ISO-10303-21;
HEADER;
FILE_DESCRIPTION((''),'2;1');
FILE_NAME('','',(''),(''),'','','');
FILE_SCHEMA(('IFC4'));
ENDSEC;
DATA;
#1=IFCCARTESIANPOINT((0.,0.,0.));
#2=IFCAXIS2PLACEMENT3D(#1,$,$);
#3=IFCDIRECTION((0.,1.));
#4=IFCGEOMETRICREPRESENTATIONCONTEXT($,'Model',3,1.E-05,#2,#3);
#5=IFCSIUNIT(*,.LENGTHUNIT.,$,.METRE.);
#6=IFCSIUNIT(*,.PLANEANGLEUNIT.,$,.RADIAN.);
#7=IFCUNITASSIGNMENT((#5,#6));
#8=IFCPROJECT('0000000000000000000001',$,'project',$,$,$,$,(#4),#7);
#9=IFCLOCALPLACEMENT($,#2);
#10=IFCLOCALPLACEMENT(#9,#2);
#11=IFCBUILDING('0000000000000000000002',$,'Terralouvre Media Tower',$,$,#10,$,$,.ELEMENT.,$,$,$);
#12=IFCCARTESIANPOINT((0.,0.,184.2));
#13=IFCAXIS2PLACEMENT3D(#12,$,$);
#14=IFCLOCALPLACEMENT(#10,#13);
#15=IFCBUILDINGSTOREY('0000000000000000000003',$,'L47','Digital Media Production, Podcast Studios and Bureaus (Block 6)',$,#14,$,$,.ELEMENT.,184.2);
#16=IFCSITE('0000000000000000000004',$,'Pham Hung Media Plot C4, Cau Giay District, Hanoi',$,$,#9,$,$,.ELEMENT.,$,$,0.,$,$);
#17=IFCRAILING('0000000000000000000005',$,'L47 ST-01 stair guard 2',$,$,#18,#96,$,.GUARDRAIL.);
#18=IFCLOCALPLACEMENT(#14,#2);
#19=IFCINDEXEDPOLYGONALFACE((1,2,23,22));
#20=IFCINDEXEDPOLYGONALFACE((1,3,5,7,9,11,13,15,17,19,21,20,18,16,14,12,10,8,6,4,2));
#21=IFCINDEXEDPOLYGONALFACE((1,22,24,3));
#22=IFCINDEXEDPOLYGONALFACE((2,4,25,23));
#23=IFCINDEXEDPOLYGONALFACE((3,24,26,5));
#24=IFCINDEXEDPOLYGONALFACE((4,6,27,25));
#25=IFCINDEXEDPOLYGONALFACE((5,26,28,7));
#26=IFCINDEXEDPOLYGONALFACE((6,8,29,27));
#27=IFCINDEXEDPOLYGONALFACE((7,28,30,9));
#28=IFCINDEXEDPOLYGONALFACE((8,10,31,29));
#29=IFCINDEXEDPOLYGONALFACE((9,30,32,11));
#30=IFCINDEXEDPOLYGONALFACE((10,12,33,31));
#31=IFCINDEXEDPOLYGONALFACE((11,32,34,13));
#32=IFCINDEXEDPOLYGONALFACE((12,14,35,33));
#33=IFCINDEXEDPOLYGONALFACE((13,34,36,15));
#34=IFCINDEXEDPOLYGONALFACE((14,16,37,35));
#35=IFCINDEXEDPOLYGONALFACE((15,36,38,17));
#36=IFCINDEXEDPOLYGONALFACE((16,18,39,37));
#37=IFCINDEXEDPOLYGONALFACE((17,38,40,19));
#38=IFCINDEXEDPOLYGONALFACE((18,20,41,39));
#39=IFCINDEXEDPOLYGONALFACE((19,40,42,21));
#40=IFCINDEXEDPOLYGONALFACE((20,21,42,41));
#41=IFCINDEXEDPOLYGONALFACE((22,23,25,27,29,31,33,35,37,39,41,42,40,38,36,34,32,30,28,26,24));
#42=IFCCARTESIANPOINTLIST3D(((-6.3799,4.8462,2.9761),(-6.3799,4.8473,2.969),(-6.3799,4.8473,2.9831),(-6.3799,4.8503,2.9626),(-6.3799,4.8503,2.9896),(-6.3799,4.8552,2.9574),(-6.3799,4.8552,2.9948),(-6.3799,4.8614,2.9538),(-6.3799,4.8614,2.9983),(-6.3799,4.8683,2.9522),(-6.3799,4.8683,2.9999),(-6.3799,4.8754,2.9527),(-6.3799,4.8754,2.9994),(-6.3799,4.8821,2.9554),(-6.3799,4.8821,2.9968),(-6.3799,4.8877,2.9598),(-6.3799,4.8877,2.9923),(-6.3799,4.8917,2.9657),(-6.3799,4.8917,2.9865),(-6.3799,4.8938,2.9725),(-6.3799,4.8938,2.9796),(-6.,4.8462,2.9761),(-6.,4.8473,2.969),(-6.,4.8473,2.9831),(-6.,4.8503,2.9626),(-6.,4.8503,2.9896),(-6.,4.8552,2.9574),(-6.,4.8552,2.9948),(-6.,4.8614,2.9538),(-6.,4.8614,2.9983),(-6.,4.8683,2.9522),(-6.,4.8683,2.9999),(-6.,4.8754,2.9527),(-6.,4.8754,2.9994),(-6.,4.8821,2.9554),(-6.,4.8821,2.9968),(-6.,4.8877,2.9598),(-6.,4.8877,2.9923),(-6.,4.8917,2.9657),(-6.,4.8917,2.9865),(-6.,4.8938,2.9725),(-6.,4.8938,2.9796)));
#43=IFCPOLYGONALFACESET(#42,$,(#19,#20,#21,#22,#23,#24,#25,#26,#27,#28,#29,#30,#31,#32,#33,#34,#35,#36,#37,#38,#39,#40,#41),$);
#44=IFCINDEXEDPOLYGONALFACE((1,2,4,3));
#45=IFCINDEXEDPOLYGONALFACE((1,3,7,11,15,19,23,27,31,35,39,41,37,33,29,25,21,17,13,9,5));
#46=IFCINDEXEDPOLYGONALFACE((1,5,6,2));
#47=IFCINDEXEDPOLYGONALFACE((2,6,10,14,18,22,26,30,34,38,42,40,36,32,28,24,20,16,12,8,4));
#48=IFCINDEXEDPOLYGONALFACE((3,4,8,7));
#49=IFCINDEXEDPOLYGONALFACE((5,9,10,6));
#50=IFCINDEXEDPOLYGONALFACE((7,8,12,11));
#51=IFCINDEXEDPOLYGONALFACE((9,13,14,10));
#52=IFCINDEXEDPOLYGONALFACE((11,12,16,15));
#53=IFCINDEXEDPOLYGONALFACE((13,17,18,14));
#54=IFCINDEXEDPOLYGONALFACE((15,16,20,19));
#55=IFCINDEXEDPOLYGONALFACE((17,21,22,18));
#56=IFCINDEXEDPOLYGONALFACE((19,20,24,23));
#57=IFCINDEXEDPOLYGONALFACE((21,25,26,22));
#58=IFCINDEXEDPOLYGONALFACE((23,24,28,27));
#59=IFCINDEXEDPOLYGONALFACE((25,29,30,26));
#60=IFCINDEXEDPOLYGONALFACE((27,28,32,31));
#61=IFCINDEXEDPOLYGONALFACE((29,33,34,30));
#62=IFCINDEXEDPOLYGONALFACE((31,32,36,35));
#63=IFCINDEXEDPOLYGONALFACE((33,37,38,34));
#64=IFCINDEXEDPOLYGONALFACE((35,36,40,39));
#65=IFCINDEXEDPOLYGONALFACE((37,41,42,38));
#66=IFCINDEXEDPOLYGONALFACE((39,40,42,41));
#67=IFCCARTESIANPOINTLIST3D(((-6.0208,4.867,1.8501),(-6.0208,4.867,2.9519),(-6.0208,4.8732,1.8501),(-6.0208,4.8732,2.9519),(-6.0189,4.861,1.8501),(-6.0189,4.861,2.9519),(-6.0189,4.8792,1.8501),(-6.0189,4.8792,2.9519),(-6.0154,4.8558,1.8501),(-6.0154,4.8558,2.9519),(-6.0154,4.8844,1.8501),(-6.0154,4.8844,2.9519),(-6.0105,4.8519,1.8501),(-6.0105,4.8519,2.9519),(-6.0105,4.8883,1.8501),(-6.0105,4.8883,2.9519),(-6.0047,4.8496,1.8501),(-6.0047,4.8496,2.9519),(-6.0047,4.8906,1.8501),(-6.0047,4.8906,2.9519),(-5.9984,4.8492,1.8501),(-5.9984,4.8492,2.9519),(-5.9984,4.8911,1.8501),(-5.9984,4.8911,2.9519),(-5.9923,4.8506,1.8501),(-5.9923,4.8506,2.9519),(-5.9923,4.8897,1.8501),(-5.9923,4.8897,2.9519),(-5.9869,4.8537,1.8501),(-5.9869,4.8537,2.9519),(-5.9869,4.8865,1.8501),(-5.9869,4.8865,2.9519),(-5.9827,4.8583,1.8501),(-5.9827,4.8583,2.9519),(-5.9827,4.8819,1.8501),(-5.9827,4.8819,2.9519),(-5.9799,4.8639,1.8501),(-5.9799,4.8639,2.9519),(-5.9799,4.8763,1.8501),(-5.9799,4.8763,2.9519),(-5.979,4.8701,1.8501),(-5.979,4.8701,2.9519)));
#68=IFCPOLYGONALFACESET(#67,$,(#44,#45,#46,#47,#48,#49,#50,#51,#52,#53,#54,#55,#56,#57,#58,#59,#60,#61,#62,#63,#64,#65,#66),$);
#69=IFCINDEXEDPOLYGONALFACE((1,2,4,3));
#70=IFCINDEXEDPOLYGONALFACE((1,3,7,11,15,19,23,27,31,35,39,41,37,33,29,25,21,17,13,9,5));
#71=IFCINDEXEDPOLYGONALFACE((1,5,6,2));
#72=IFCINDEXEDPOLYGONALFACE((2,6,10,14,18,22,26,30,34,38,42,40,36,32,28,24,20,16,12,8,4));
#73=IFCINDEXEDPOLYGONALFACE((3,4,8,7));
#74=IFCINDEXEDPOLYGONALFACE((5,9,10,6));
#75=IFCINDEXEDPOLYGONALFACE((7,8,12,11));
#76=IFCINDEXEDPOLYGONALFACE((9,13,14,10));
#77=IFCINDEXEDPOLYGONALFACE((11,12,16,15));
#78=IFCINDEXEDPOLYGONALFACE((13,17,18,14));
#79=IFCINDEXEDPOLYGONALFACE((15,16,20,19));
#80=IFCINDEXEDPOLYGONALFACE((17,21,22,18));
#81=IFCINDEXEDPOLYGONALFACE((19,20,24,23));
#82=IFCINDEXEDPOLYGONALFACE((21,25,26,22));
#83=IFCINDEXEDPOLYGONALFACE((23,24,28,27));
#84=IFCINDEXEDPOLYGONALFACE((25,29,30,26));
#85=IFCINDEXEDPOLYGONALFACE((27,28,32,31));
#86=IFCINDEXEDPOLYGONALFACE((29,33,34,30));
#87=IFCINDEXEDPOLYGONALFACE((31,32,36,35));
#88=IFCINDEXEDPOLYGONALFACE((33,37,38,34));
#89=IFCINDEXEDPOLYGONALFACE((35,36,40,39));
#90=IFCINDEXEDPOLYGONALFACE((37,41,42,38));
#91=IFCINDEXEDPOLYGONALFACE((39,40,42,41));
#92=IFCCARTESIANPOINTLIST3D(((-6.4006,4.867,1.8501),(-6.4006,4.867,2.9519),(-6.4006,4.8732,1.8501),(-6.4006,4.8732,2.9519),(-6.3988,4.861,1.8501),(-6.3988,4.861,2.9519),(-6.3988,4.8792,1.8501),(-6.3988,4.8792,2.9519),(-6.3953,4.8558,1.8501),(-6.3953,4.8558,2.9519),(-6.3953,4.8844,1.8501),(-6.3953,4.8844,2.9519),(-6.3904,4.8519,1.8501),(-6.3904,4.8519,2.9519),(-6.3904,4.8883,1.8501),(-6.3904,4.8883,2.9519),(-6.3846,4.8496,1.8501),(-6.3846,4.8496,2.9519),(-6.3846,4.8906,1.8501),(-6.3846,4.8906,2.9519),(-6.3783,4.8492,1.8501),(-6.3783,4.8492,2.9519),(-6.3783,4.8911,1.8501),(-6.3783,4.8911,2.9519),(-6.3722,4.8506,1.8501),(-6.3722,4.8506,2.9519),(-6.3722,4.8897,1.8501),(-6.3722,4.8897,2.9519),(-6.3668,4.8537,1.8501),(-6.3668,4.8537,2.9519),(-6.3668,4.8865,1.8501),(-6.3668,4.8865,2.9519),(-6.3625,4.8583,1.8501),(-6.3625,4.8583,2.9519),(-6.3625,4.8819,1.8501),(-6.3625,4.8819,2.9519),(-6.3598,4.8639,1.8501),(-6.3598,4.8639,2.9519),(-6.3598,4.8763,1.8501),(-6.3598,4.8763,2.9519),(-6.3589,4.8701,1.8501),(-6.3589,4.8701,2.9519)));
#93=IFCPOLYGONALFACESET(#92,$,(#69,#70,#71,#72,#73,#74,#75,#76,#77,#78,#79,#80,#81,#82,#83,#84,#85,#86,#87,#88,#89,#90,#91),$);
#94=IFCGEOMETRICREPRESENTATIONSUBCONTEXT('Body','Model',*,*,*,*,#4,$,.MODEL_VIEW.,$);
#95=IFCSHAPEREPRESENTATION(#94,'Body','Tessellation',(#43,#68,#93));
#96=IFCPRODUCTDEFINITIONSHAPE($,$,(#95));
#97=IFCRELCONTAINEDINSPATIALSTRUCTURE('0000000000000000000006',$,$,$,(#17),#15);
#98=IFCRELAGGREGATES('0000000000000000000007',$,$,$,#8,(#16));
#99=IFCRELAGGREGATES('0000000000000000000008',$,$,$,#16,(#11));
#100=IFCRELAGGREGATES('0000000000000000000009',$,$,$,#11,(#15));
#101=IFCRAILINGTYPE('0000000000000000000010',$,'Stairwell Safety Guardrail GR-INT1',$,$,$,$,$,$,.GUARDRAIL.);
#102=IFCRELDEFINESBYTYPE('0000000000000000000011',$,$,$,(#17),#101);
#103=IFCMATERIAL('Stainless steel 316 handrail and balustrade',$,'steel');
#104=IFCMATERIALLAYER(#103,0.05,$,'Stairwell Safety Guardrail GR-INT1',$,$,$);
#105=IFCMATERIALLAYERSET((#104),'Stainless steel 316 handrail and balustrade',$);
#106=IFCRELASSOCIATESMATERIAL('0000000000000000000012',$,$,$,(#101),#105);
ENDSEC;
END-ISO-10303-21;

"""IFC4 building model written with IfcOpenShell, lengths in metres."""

from ifc_helpers import new_model, si_unit, direction, frame, origin, origin_2d, place, context, subcontext, project, spatial, circle, extrude, material, layer, layer_set, type_object, element, save


model = new_model("IFC4")

# Units and contexts
model_context = context("Model", 3, precision=1e-05, world=origin(), true_north=direction((0.0, 1.0)))
body_context = subcontext(model_context, "Body", "Model", "MODEL_VIEW")
ifc_project = project(units=[si_unit("LENGTHUNIT", "METRE"), si_unit("PLANEANGLEUNIT", "RADIAN")], contexts=[model_context])

# Site, building, storey
site_placement = place(None, origin())
site = spatial("IfcSite", under=ifc_project, at=site_placement, Name="Pham Hung Media Plot C4, Cau Giay District, Hanoi", CompositionType="ELEMENT", RefElevation=0.0)
building_placement = place(site_placement, origin())
building = spatial("IfcBuilding", under=site, at=building_placement, Name="Terralouvre Media Tower", CompositionType="ELEMENT")
storey_placement = place(building_placement, frame((0.0, 0.0, 184.2)))
storey = spatial("IfcBuildingStorey", under=building, at=storey_placement, Name="L47", Description="Digital Media Production, Podcast Studios and Bureaus (Block 6)", CompositionType="ELEMENT", Elevation=184.2)

# Railing
ifc_material_1 = material(Name="Stainless steel 316 handrail and balustrade", Category="steel")
ifc_layer_1 = layer(ifc_material_1, 0.05, Name="Stairwell Safety Guardrail GR-INT1")
ifc_layer_set_1 = layer_set([ifc_layer_1], Name="Stainless steel 316 handrail and balustrade")
railing_type_1 = type_object("IfcRailingType", Name="Stairwell Safety Guardrail GR-INT1", PredefinedType="GUARDRAIL", material=ifc_layer_set_1)
railing_1_placement = place(storey_placement, frame((-6.0, 4.8701, 1.8501)))
element("IfcRailing", 1, at=railing_1_placement, inside=storey, type_object=railing_type_1, Name="L47 ST-01 stair guard 2", PredefinedType="GUARDRAIL", context=body_context, shape_type="SweptSolid", body=[
    extrude(circle(Radius=0.0239, at=origin_2d()), frame((0.0, 0.0, 1.126), z_axis=(-1.0, 0.0, 0.0), x_axis=(0.0, -1.0, 0.0)), (0.0, 0.0, 1.0), 0.3799),
    extrude(circle(Radius=0.021, at=origin_2d()), origin(), (0.0, 0.0, 1.0), 1.1018),
    extrude(circle(Radius=0.021, at=origin_2d()), frame((-0.3799, 0.0, 0.0)), (0.0, 0.0, 1.0), 1.1018),
])

save(model, "model.ifc")
